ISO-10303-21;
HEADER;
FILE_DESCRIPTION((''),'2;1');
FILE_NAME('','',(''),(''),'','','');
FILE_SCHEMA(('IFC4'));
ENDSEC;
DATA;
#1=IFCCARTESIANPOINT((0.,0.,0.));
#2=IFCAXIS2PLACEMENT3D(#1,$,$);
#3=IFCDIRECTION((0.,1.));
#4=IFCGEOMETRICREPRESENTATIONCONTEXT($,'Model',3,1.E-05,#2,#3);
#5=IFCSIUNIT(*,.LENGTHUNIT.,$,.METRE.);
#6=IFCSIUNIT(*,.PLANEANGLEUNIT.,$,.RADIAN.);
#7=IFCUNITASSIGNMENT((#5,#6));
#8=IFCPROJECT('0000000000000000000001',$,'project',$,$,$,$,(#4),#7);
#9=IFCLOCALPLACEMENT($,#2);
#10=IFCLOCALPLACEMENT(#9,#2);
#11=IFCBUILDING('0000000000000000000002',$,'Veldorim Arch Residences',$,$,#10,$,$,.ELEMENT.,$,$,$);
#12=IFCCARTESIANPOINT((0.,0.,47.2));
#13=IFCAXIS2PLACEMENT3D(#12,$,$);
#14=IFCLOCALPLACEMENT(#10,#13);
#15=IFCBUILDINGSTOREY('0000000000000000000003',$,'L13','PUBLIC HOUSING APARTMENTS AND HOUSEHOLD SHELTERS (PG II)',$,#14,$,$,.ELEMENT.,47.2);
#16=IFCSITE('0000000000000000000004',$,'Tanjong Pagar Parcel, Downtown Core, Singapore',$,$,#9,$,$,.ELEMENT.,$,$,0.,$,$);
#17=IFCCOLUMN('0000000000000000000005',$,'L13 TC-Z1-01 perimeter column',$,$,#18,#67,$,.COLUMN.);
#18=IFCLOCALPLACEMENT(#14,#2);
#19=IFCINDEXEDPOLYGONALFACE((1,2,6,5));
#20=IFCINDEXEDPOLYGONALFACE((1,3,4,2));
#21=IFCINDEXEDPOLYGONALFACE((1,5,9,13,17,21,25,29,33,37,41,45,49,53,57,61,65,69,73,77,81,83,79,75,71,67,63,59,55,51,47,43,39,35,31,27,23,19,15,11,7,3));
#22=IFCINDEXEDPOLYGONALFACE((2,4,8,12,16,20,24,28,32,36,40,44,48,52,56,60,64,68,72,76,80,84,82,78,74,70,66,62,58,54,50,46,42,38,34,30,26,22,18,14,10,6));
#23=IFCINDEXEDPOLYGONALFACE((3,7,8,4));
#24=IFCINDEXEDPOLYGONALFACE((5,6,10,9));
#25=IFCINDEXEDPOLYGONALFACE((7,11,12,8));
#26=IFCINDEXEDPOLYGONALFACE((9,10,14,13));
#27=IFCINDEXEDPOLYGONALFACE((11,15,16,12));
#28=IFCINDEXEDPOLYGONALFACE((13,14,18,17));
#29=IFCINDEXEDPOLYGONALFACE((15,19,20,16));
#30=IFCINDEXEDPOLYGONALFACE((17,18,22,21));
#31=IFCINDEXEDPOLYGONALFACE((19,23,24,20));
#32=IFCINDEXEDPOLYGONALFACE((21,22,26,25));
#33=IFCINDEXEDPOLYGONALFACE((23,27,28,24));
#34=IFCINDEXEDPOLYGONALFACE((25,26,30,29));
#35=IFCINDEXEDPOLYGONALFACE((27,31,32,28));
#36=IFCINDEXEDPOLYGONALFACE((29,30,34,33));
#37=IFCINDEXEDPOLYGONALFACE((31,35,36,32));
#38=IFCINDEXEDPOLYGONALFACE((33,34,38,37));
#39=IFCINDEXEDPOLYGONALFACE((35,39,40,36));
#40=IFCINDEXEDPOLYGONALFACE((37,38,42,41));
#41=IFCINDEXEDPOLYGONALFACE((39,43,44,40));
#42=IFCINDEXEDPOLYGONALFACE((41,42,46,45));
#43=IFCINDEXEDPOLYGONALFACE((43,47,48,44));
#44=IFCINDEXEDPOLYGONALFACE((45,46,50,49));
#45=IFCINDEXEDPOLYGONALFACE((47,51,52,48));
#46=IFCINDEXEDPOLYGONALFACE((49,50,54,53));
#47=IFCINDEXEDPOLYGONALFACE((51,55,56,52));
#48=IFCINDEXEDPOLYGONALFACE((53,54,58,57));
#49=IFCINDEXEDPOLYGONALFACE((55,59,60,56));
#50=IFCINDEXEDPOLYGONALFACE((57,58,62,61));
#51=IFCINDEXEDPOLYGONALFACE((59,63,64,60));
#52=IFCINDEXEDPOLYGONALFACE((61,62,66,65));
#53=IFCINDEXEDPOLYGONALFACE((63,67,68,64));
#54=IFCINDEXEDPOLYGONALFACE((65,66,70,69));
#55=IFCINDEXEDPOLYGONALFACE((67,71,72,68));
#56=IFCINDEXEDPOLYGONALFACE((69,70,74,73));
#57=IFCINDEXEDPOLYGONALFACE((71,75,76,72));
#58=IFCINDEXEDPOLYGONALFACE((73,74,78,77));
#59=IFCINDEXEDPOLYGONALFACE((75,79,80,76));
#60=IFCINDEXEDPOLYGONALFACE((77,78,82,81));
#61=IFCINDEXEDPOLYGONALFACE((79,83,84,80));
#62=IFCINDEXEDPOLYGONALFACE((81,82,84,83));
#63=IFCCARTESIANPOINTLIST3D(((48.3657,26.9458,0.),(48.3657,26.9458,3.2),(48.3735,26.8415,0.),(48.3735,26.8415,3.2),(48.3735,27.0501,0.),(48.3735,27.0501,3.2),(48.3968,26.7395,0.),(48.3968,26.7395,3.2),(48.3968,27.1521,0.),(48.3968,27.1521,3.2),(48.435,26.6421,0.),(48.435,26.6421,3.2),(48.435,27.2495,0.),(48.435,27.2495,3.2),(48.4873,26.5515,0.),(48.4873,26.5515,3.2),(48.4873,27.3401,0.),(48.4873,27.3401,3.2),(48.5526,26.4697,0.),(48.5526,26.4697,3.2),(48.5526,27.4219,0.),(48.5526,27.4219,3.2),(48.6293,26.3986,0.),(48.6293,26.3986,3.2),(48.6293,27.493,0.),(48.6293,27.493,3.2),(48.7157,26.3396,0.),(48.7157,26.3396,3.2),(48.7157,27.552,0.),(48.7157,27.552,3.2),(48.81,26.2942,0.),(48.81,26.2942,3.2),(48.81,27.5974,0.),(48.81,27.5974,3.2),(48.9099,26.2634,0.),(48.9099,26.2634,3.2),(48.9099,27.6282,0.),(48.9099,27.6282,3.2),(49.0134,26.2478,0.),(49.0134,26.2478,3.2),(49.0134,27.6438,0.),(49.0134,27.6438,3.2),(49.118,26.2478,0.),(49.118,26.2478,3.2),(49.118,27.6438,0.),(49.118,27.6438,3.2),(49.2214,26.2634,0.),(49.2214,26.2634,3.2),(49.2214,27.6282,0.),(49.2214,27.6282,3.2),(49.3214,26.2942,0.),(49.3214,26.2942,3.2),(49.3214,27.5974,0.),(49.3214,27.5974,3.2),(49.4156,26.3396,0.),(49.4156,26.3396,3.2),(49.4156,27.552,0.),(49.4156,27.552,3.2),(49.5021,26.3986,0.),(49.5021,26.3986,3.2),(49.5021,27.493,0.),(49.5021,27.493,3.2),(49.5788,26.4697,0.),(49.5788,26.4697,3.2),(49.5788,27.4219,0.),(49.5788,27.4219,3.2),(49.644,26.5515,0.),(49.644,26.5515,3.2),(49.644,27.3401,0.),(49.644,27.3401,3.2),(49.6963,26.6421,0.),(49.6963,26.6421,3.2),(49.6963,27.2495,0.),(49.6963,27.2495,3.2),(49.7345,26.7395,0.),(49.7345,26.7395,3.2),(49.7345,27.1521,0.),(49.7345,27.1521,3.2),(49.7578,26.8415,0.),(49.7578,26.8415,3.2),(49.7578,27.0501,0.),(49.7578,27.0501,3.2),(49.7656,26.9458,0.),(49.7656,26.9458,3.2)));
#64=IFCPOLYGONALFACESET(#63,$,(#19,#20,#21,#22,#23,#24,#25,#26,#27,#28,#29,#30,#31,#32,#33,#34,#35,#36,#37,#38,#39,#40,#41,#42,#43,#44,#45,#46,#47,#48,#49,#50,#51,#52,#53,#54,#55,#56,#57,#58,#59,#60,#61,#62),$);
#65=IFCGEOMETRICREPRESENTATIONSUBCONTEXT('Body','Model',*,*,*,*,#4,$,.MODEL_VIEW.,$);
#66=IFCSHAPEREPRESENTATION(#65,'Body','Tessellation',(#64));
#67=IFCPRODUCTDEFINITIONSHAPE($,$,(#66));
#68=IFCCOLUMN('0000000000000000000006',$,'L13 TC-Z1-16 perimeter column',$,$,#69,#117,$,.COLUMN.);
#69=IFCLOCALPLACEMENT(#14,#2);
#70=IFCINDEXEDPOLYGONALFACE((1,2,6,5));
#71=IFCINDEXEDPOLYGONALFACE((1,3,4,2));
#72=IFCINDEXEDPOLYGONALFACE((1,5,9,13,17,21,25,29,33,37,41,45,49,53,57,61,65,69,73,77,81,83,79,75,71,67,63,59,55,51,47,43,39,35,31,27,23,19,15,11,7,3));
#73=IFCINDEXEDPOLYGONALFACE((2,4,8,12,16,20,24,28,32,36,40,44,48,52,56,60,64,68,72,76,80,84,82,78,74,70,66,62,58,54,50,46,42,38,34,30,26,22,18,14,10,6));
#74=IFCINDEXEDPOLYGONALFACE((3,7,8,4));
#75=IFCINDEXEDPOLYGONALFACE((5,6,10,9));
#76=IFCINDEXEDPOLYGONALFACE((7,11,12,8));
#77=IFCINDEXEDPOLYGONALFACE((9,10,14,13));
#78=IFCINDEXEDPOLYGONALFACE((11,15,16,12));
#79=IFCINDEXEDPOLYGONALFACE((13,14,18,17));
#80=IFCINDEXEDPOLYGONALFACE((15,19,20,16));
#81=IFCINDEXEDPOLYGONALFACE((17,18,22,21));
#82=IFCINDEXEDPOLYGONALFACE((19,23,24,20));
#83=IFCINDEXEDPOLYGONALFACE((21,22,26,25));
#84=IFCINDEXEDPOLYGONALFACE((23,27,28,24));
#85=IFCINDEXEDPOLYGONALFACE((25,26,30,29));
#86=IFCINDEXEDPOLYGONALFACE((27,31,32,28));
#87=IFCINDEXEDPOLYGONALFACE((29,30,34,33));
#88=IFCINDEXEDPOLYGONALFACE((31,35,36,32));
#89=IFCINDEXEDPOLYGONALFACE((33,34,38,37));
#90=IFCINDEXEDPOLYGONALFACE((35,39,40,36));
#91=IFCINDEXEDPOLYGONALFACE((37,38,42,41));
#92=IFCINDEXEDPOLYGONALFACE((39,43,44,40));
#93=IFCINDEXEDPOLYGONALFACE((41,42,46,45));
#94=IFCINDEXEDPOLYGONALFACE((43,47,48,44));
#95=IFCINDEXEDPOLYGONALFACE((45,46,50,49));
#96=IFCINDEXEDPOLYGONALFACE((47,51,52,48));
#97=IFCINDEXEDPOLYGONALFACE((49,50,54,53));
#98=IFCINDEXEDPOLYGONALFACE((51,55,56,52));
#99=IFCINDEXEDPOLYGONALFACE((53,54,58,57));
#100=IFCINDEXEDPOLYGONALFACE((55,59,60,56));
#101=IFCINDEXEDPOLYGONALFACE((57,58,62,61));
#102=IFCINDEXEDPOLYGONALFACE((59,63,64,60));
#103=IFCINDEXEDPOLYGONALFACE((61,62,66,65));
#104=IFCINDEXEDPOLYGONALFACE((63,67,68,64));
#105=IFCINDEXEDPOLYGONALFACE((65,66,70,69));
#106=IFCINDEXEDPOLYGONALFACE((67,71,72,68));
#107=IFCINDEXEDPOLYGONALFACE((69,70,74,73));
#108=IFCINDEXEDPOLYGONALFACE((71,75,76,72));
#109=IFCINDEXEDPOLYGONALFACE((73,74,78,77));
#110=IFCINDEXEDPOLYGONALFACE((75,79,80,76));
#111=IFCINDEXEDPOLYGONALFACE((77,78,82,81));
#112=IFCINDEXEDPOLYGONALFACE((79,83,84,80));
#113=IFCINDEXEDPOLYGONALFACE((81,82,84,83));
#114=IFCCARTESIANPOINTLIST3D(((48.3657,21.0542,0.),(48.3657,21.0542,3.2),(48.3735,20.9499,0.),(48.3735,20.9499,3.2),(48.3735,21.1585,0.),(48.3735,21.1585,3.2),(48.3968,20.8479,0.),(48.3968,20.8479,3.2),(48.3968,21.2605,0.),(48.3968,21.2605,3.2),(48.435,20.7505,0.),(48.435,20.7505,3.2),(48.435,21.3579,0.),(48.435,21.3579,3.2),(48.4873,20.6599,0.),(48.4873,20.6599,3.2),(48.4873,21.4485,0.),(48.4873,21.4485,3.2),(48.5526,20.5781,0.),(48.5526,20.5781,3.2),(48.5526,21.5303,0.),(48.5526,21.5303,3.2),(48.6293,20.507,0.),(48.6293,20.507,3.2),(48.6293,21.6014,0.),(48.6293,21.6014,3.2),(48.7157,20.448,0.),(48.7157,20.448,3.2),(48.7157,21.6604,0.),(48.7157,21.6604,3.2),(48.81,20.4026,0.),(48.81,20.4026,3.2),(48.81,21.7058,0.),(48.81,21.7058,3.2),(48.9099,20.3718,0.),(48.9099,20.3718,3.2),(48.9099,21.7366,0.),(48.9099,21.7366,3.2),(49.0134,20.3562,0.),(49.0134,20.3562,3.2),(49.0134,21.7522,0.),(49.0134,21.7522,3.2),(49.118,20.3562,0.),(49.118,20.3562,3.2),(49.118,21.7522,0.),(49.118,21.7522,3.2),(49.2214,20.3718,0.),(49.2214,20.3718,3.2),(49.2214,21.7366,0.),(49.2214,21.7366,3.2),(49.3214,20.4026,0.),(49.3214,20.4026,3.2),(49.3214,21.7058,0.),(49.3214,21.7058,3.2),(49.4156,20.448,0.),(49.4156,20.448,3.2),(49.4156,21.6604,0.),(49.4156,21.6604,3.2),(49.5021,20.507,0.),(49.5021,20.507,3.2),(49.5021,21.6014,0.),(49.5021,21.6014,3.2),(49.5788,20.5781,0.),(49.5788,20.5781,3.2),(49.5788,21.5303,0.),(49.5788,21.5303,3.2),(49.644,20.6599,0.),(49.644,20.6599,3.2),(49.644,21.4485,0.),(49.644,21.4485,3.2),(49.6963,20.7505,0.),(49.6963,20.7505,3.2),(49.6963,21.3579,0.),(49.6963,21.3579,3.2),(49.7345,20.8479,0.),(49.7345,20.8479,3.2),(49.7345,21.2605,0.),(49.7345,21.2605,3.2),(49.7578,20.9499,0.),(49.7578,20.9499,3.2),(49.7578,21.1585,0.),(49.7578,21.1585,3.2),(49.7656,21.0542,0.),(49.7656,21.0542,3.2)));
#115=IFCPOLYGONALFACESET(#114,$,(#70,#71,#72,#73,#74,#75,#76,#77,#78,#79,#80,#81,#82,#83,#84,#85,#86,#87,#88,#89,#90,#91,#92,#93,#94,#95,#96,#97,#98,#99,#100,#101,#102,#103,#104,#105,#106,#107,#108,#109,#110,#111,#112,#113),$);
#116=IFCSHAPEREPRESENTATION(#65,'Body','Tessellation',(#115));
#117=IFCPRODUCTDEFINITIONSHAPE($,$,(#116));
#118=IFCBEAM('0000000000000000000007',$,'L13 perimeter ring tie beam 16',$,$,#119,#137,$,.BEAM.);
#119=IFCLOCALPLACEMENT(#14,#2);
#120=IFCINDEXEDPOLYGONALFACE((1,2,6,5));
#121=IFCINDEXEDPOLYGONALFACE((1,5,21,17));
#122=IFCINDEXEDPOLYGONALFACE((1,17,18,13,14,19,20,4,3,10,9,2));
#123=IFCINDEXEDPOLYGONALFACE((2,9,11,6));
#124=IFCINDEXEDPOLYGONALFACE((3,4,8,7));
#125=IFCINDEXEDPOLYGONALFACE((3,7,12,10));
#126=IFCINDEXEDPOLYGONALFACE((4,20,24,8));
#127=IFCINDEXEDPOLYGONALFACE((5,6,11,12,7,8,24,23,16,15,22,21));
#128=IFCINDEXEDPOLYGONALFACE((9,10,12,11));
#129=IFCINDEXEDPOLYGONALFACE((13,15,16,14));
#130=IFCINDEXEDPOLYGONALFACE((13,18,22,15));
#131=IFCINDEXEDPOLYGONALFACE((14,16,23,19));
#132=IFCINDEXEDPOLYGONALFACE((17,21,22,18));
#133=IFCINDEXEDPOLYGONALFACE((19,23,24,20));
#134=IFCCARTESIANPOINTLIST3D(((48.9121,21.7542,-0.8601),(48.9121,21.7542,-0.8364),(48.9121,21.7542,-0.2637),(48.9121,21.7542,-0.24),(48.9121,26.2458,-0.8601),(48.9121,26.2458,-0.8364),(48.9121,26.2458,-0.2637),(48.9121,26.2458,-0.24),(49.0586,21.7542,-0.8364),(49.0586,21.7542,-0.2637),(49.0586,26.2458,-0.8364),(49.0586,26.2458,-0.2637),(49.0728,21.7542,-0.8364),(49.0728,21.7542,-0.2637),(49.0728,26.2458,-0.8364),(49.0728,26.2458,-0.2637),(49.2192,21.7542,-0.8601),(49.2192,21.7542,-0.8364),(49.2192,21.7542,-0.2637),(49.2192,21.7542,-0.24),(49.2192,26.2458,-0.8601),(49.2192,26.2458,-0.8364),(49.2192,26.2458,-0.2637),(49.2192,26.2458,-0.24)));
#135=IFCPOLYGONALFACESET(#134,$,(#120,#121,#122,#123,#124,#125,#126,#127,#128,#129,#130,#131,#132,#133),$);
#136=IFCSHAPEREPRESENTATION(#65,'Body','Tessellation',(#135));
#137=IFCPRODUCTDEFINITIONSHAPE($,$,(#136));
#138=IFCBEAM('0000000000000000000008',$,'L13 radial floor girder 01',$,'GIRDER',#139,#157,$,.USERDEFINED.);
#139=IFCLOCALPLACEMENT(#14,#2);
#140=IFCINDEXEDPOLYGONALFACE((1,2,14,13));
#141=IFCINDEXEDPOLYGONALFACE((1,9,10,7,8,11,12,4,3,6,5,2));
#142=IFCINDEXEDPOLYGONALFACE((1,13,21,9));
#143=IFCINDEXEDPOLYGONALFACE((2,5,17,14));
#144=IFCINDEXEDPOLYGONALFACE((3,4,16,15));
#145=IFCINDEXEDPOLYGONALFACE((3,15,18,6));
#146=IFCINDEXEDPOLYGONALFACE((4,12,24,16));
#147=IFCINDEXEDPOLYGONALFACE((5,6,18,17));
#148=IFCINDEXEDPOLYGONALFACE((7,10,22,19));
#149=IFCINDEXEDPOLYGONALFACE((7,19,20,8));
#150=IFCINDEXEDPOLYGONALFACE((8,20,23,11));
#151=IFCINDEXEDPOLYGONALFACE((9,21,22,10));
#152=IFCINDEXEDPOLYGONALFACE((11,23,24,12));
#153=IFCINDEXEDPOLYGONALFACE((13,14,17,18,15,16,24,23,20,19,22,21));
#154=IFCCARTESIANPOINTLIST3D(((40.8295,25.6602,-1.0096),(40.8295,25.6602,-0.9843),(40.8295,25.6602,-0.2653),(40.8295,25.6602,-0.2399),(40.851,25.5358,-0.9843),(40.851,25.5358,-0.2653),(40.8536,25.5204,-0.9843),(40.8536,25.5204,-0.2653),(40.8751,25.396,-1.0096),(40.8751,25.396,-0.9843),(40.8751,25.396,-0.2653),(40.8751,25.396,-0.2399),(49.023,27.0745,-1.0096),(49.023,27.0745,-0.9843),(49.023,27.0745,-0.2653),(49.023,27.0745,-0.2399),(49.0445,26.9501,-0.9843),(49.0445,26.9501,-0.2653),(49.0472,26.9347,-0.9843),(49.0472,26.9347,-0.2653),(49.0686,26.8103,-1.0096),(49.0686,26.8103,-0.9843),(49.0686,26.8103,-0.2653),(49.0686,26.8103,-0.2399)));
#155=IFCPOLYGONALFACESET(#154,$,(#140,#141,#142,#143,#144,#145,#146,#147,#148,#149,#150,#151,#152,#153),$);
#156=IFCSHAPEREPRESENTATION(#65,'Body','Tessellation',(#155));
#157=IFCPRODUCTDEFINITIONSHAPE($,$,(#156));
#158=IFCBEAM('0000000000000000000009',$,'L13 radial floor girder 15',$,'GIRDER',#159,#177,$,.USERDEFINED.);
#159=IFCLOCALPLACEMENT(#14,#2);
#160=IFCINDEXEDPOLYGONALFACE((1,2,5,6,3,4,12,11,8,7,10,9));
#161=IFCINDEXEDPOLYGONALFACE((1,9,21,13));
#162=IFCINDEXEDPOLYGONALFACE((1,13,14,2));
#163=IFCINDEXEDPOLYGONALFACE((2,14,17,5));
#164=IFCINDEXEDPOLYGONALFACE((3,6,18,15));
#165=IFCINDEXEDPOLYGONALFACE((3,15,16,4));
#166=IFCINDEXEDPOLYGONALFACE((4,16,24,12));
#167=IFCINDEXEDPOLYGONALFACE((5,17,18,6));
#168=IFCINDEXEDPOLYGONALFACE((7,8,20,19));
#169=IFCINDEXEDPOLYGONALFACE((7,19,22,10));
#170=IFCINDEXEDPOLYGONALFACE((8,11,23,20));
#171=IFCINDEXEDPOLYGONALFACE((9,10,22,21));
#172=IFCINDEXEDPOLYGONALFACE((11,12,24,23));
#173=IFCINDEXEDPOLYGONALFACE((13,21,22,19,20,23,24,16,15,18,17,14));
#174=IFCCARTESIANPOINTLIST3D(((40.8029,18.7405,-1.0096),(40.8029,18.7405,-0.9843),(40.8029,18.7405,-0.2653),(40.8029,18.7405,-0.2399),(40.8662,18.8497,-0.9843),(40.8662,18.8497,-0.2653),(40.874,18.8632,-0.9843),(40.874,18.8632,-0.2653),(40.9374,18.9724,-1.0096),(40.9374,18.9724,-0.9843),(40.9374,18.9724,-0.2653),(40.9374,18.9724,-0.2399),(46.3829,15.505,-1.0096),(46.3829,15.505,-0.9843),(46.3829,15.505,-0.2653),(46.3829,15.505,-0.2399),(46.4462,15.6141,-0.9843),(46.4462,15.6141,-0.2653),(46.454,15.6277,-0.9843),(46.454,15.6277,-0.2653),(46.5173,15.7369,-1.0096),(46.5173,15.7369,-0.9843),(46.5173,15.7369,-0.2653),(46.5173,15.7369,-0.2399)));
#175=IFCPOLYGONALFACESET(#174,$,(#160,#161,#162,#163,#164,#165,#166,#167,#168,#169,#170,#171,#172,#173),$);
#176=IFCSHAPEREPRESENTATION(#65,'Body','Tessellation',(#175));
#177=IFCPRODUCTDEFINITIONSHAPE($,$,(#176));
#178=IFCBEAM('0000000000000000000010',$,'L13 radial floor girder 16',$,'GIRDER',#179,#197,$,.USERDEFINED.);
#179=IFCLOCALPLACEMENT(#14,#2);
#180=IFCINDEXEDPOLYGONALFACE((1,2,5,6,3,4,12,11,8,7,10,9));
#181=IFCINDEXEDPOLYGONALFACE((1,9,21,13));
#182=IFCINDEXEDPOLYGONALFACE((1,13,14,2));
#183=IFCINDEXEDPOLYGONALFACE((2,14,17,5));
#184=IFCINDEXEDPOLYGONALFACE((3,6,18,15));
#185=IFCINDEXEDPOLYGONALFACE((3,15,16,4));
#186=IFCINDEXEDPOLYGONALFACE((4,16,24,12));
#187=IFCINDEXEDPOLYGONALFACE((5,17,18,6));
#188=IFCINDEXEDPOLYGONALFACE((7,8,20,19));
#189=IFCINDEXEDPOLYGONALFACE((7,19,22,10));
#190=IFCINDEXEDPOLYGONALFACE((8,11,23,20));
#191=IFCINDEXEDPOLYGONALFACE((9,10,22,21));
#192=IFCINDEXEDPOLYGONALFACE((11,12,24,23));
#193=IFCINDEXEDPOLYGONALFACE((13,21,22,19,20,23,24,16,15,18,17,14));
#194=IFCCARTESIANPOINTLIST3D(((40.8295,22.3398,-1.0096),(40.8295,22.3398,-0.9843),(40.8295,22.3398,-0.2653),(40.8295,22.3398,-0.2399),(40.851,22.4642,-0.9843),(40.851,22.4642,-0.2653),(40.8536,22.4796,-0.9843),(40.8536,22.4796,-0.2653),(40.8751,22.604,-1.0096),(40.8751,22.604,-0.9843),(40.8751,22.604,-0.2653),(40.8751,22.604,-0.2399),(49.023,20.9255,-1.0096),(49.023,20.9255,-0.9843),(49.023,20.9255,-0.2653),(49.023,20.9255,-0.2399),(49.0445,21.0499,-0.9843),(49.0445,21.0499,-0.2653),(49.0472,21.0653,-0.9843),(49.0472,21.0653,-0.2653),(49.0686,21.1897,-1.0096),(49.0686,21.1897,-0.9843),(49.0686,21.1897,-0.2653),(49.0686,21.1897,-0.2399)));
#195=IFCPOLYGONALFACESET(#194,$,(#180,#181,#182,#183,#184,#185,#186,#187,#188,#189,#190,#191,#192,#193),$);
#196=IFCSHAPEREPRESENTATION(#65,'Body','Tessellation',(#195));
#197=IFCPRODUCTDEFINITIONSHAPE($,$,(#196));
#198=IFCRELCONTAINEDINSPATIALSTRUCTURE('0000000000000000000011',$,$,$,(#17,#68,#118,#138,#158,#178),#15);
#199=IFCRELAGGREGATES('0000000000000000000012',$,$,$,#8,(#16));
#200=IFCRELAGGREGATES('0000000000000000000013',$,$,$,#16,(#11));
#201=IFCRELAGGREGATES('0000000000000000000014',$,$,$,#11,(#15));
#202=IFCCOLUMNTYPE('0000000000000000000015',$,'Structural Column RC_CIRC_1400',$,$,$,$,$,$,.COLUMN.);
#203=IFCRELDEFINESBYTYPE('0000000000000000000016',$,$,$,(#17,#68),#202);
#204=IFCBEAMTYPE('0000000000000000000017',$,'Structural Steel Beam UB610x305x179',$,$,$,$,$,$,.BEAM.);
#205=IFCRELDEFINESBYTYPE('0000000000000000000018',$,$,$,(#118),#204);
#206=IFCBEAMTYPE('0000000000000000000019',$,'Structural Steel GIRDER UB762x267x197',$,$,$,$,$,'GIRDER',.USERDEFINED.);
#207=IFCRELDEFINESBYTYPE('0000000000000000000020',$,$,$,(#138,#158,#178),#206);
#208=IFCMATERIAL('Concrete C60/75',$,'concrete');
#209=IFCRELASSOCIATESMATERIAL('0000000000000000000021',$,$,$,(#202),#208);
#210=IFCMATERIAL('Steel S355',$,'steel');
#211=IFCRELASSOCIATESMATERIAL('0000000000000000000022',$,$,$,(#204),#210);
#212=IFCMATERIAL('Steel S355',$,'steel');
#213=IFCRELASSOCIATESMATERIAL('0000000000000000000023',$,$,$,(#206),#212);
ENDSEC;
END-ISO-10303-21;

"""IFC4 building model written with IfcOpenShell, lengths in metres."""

from ifc_helpers import new_model, si_unit, direction, frame, origin, origin_2d, place, context, subcontext, project, spatial, circle, i_section, extrude, material, material_profile, profile_set, type_object, element, save


model = new_model("IFC4")

# Units and contexts
model_context = context("Model", 3, precision=1e-05, world=origin(), true_north=direction((0.0, 1.0)))
body_context = subcontext(model_context, "Body", "Model", "MODEL_VIEW")
ifc_project = project(units=[si_unit("LENGTHUNIT", "METRE"), si_unit("PLANEANGLEUNIT", "RADIAN")], contexts=[model_context])

# Site, building, storey
site_placement = place(None, origin())
site = spatial("IfcSite", under=ifc_project, at=site_placement, Name="Tanjong Pagar Parcel, Downtown Core, Singapore", CompositionType="ELEMENT", RefElevation=0.0)
building_placement = place(site_placement, origin())
building = spatial("IfcBuilding", under=site, at=building_placement, Name="Veldorim Arch Residences", CompositionType="ELEMENT")
storey_placement = place(building_placement, frame((0.0, 0.0, 47.2)))
storey = spatial("IfcBuildingStorey", under=building, at=storey_placement, Name="L13", Description="PUBLIC HOUSING APARTMENTS AND HOUSEHOLD SHELTERS (PG II)", CompositionType="ELEMENT", Elevation=47.2)

# Columns
ifc_material_1 = material(Name="Concrete C60/75", Category="concrete")
ifc_material_profile_1 = material_profile(ifc_material_1, circle(Radius=0.7, at=origin_2d()), Name="RC_CIRC_1400")
ifc_profile_set_1 = profile_set([ifc_material_profile_1], Name="Concrete C60/75")
column_type = type_object("IfcColumnType", Name="Structural Column RC_CIRC_1400", PredefinedType="COLUMN", material=ifc_profile_set_1)
for number, where, z_axis, x_axis, name in (
    (1, (49.0657, 26.9458, 0.0), (0.0, 0.0, 1.0), (1.0, 0.0, 0.0), "L13 TC-Z1-01 perimeter column"),
    (2, (49.0657, 21.0542, 0.0), (0.0, 0.0, 1.0), (1.0, 0.0, 0.0), "L13 TC-Z1-16 perimeter column"),
):
    element("IfcColumn", number, at=place(storey_placement, frame(where, z_axis=z_axis, x_axis=x_axis)), inside=storey, type_object=column_type, Name=name, PredefinedType="COLUMN", context=body_context, shape_type="SweptSolid", body=[
        extrude(circle(Radius=0.7, at=origin_2d()), origin(), (0.0, 0.0, 1.0), 3.2),
    ])

# Beams
ifc_material_2 = material(Name="Steel S355", Category="steel")
ifc_material_profile_2 = material_profile(ifc_material_2, i_section(OverallWidth=0.3071, OverallDepth=0.6201, WebThickness=0.0142, FlangeThickness=0.0237, at=origin_2d()), Name="UB610x305x179")
ifc_profile_set_2 = profile_set([ifc_material_profile_2], Name="Steel S355")
beam_type_1 = type_object("IfcBeamType", Name="Structural Steel Beam UB610x305x179", PredefinedType="BEAM", material=ifc_profile_set_2)
beam_1_placement = place(storey_placement, frame((49.0657, 21.7542, -0.55), z_axis=(0.0, 1.0, 0.0), x_axis=(-1.0, 0.0, 0.0)))
element("IfcBeam", 3, at=beam_1_placement, inside=storey, type_object=beam_type_1, Name="L13 perimeter ring tie beam 16", PredefinedType="BEAM", context=body_context, shape_type="SweptSolid", body=[
    extrude(i_section(OverallWidth=0.3071, OverallDepth=0.6201, WebThickness=0.0142, FlangeThickness=0.0237, at=origin_2d()), origin(), (0.0, 0.0, 1.0), 4.4917),
])
ifc_material_3 = material(Name="Steel S355", Category="steel")
ifc_material_profile_3 = material_profile(ifc_material_3, i_section(OverallWidth=0.2681, OverallDepth=0.7698, WebThickness=0.0156, FlangeThickness=0.0254, at=origin_2d()), Name="UB762x267x197")
ifc_profile_set_3 = profile_set([ifc_material_profile_3], Name="Steel S355")
beam_type_2 = type_object("IfcBeamType", Name="Structural Steel GIRDER UB762x267x197", ElementType="GIRDER", PredefinedType="USERDEFINED", material=ifc_profile_set_3)
beam_2_placement = place(storey_placement, frame((40.8523, 25.5281, -0.6248), z_axis=(0.985428, 0.170096, 0.0), x_axis=(-0.170096, 0.985428, 0.0)))
element("IfcBeam", 4, at=beam_2_placement, inside=storey, type_object=beam_type_2, Name="L13 radial floor girder 01", ObjectType="GIRDER", PredefinedType="USERDEFINED", context=body_context, shape_type="SweptSolid", body=[
    extrude(i_section(OverallWidth=0.2681, OverallDepth=0.7698, WebThickness=0.0156, FlangeThickness=0.0254, at=origin_2d()), origin(), (0.0, 0.0, 1.0), 8.3147),
])
beam_3_placement = place(storey_placement, frame((40.8701, 18.8564, -0.6248), z_axis=(0.865088, -0.50162, 0.0), x_axis=(0.50162, 0.865088, 0.0)))
element("IfcBeam", 5, at=beam_3_placement, inside=storey, type_object=beam_type_2, Name="L13 radial floor girder 15", ObjectType="GIRDER", PredefinedType="USERDEFINED", context=body_context, shape_type="SweptSolid", body=[
    extrude(i_section(OverallWidth=0.2681, OverallDepth=0.7698, WebThickness=0.0156, FlangeThickness=0.0254, at=origin_2d()), origin(), (0.0, 0.0, 1.0), 6.4502),
])
beam_4_placement = place(storey_placement, frame((40.8523, 22.4719, -0.6248), z_axis=(0.985428, -0.170096, 0.0), x_axis=(0.170096, 0.985428, 0.0)))
element("IfcBeam", 6, at=beam_4_placement, inside=storey, type_object=beam_type_2, Name="L13 radial floor girder 16", ObjectType="GIRDER", PredefinedType="USERDEFINED", context=body_context, shape_type="SweptSolid", body=[
    extrude(i_section(OverallWidth=0.2681, OverallDepth=0.7698, WebThickness=0.0156, FlangeThickness=0.0254, at=origin_2d()), origin(), (0.0, 0.0, 1.0), 8.3147),
])

save(model, "model.ifc")
